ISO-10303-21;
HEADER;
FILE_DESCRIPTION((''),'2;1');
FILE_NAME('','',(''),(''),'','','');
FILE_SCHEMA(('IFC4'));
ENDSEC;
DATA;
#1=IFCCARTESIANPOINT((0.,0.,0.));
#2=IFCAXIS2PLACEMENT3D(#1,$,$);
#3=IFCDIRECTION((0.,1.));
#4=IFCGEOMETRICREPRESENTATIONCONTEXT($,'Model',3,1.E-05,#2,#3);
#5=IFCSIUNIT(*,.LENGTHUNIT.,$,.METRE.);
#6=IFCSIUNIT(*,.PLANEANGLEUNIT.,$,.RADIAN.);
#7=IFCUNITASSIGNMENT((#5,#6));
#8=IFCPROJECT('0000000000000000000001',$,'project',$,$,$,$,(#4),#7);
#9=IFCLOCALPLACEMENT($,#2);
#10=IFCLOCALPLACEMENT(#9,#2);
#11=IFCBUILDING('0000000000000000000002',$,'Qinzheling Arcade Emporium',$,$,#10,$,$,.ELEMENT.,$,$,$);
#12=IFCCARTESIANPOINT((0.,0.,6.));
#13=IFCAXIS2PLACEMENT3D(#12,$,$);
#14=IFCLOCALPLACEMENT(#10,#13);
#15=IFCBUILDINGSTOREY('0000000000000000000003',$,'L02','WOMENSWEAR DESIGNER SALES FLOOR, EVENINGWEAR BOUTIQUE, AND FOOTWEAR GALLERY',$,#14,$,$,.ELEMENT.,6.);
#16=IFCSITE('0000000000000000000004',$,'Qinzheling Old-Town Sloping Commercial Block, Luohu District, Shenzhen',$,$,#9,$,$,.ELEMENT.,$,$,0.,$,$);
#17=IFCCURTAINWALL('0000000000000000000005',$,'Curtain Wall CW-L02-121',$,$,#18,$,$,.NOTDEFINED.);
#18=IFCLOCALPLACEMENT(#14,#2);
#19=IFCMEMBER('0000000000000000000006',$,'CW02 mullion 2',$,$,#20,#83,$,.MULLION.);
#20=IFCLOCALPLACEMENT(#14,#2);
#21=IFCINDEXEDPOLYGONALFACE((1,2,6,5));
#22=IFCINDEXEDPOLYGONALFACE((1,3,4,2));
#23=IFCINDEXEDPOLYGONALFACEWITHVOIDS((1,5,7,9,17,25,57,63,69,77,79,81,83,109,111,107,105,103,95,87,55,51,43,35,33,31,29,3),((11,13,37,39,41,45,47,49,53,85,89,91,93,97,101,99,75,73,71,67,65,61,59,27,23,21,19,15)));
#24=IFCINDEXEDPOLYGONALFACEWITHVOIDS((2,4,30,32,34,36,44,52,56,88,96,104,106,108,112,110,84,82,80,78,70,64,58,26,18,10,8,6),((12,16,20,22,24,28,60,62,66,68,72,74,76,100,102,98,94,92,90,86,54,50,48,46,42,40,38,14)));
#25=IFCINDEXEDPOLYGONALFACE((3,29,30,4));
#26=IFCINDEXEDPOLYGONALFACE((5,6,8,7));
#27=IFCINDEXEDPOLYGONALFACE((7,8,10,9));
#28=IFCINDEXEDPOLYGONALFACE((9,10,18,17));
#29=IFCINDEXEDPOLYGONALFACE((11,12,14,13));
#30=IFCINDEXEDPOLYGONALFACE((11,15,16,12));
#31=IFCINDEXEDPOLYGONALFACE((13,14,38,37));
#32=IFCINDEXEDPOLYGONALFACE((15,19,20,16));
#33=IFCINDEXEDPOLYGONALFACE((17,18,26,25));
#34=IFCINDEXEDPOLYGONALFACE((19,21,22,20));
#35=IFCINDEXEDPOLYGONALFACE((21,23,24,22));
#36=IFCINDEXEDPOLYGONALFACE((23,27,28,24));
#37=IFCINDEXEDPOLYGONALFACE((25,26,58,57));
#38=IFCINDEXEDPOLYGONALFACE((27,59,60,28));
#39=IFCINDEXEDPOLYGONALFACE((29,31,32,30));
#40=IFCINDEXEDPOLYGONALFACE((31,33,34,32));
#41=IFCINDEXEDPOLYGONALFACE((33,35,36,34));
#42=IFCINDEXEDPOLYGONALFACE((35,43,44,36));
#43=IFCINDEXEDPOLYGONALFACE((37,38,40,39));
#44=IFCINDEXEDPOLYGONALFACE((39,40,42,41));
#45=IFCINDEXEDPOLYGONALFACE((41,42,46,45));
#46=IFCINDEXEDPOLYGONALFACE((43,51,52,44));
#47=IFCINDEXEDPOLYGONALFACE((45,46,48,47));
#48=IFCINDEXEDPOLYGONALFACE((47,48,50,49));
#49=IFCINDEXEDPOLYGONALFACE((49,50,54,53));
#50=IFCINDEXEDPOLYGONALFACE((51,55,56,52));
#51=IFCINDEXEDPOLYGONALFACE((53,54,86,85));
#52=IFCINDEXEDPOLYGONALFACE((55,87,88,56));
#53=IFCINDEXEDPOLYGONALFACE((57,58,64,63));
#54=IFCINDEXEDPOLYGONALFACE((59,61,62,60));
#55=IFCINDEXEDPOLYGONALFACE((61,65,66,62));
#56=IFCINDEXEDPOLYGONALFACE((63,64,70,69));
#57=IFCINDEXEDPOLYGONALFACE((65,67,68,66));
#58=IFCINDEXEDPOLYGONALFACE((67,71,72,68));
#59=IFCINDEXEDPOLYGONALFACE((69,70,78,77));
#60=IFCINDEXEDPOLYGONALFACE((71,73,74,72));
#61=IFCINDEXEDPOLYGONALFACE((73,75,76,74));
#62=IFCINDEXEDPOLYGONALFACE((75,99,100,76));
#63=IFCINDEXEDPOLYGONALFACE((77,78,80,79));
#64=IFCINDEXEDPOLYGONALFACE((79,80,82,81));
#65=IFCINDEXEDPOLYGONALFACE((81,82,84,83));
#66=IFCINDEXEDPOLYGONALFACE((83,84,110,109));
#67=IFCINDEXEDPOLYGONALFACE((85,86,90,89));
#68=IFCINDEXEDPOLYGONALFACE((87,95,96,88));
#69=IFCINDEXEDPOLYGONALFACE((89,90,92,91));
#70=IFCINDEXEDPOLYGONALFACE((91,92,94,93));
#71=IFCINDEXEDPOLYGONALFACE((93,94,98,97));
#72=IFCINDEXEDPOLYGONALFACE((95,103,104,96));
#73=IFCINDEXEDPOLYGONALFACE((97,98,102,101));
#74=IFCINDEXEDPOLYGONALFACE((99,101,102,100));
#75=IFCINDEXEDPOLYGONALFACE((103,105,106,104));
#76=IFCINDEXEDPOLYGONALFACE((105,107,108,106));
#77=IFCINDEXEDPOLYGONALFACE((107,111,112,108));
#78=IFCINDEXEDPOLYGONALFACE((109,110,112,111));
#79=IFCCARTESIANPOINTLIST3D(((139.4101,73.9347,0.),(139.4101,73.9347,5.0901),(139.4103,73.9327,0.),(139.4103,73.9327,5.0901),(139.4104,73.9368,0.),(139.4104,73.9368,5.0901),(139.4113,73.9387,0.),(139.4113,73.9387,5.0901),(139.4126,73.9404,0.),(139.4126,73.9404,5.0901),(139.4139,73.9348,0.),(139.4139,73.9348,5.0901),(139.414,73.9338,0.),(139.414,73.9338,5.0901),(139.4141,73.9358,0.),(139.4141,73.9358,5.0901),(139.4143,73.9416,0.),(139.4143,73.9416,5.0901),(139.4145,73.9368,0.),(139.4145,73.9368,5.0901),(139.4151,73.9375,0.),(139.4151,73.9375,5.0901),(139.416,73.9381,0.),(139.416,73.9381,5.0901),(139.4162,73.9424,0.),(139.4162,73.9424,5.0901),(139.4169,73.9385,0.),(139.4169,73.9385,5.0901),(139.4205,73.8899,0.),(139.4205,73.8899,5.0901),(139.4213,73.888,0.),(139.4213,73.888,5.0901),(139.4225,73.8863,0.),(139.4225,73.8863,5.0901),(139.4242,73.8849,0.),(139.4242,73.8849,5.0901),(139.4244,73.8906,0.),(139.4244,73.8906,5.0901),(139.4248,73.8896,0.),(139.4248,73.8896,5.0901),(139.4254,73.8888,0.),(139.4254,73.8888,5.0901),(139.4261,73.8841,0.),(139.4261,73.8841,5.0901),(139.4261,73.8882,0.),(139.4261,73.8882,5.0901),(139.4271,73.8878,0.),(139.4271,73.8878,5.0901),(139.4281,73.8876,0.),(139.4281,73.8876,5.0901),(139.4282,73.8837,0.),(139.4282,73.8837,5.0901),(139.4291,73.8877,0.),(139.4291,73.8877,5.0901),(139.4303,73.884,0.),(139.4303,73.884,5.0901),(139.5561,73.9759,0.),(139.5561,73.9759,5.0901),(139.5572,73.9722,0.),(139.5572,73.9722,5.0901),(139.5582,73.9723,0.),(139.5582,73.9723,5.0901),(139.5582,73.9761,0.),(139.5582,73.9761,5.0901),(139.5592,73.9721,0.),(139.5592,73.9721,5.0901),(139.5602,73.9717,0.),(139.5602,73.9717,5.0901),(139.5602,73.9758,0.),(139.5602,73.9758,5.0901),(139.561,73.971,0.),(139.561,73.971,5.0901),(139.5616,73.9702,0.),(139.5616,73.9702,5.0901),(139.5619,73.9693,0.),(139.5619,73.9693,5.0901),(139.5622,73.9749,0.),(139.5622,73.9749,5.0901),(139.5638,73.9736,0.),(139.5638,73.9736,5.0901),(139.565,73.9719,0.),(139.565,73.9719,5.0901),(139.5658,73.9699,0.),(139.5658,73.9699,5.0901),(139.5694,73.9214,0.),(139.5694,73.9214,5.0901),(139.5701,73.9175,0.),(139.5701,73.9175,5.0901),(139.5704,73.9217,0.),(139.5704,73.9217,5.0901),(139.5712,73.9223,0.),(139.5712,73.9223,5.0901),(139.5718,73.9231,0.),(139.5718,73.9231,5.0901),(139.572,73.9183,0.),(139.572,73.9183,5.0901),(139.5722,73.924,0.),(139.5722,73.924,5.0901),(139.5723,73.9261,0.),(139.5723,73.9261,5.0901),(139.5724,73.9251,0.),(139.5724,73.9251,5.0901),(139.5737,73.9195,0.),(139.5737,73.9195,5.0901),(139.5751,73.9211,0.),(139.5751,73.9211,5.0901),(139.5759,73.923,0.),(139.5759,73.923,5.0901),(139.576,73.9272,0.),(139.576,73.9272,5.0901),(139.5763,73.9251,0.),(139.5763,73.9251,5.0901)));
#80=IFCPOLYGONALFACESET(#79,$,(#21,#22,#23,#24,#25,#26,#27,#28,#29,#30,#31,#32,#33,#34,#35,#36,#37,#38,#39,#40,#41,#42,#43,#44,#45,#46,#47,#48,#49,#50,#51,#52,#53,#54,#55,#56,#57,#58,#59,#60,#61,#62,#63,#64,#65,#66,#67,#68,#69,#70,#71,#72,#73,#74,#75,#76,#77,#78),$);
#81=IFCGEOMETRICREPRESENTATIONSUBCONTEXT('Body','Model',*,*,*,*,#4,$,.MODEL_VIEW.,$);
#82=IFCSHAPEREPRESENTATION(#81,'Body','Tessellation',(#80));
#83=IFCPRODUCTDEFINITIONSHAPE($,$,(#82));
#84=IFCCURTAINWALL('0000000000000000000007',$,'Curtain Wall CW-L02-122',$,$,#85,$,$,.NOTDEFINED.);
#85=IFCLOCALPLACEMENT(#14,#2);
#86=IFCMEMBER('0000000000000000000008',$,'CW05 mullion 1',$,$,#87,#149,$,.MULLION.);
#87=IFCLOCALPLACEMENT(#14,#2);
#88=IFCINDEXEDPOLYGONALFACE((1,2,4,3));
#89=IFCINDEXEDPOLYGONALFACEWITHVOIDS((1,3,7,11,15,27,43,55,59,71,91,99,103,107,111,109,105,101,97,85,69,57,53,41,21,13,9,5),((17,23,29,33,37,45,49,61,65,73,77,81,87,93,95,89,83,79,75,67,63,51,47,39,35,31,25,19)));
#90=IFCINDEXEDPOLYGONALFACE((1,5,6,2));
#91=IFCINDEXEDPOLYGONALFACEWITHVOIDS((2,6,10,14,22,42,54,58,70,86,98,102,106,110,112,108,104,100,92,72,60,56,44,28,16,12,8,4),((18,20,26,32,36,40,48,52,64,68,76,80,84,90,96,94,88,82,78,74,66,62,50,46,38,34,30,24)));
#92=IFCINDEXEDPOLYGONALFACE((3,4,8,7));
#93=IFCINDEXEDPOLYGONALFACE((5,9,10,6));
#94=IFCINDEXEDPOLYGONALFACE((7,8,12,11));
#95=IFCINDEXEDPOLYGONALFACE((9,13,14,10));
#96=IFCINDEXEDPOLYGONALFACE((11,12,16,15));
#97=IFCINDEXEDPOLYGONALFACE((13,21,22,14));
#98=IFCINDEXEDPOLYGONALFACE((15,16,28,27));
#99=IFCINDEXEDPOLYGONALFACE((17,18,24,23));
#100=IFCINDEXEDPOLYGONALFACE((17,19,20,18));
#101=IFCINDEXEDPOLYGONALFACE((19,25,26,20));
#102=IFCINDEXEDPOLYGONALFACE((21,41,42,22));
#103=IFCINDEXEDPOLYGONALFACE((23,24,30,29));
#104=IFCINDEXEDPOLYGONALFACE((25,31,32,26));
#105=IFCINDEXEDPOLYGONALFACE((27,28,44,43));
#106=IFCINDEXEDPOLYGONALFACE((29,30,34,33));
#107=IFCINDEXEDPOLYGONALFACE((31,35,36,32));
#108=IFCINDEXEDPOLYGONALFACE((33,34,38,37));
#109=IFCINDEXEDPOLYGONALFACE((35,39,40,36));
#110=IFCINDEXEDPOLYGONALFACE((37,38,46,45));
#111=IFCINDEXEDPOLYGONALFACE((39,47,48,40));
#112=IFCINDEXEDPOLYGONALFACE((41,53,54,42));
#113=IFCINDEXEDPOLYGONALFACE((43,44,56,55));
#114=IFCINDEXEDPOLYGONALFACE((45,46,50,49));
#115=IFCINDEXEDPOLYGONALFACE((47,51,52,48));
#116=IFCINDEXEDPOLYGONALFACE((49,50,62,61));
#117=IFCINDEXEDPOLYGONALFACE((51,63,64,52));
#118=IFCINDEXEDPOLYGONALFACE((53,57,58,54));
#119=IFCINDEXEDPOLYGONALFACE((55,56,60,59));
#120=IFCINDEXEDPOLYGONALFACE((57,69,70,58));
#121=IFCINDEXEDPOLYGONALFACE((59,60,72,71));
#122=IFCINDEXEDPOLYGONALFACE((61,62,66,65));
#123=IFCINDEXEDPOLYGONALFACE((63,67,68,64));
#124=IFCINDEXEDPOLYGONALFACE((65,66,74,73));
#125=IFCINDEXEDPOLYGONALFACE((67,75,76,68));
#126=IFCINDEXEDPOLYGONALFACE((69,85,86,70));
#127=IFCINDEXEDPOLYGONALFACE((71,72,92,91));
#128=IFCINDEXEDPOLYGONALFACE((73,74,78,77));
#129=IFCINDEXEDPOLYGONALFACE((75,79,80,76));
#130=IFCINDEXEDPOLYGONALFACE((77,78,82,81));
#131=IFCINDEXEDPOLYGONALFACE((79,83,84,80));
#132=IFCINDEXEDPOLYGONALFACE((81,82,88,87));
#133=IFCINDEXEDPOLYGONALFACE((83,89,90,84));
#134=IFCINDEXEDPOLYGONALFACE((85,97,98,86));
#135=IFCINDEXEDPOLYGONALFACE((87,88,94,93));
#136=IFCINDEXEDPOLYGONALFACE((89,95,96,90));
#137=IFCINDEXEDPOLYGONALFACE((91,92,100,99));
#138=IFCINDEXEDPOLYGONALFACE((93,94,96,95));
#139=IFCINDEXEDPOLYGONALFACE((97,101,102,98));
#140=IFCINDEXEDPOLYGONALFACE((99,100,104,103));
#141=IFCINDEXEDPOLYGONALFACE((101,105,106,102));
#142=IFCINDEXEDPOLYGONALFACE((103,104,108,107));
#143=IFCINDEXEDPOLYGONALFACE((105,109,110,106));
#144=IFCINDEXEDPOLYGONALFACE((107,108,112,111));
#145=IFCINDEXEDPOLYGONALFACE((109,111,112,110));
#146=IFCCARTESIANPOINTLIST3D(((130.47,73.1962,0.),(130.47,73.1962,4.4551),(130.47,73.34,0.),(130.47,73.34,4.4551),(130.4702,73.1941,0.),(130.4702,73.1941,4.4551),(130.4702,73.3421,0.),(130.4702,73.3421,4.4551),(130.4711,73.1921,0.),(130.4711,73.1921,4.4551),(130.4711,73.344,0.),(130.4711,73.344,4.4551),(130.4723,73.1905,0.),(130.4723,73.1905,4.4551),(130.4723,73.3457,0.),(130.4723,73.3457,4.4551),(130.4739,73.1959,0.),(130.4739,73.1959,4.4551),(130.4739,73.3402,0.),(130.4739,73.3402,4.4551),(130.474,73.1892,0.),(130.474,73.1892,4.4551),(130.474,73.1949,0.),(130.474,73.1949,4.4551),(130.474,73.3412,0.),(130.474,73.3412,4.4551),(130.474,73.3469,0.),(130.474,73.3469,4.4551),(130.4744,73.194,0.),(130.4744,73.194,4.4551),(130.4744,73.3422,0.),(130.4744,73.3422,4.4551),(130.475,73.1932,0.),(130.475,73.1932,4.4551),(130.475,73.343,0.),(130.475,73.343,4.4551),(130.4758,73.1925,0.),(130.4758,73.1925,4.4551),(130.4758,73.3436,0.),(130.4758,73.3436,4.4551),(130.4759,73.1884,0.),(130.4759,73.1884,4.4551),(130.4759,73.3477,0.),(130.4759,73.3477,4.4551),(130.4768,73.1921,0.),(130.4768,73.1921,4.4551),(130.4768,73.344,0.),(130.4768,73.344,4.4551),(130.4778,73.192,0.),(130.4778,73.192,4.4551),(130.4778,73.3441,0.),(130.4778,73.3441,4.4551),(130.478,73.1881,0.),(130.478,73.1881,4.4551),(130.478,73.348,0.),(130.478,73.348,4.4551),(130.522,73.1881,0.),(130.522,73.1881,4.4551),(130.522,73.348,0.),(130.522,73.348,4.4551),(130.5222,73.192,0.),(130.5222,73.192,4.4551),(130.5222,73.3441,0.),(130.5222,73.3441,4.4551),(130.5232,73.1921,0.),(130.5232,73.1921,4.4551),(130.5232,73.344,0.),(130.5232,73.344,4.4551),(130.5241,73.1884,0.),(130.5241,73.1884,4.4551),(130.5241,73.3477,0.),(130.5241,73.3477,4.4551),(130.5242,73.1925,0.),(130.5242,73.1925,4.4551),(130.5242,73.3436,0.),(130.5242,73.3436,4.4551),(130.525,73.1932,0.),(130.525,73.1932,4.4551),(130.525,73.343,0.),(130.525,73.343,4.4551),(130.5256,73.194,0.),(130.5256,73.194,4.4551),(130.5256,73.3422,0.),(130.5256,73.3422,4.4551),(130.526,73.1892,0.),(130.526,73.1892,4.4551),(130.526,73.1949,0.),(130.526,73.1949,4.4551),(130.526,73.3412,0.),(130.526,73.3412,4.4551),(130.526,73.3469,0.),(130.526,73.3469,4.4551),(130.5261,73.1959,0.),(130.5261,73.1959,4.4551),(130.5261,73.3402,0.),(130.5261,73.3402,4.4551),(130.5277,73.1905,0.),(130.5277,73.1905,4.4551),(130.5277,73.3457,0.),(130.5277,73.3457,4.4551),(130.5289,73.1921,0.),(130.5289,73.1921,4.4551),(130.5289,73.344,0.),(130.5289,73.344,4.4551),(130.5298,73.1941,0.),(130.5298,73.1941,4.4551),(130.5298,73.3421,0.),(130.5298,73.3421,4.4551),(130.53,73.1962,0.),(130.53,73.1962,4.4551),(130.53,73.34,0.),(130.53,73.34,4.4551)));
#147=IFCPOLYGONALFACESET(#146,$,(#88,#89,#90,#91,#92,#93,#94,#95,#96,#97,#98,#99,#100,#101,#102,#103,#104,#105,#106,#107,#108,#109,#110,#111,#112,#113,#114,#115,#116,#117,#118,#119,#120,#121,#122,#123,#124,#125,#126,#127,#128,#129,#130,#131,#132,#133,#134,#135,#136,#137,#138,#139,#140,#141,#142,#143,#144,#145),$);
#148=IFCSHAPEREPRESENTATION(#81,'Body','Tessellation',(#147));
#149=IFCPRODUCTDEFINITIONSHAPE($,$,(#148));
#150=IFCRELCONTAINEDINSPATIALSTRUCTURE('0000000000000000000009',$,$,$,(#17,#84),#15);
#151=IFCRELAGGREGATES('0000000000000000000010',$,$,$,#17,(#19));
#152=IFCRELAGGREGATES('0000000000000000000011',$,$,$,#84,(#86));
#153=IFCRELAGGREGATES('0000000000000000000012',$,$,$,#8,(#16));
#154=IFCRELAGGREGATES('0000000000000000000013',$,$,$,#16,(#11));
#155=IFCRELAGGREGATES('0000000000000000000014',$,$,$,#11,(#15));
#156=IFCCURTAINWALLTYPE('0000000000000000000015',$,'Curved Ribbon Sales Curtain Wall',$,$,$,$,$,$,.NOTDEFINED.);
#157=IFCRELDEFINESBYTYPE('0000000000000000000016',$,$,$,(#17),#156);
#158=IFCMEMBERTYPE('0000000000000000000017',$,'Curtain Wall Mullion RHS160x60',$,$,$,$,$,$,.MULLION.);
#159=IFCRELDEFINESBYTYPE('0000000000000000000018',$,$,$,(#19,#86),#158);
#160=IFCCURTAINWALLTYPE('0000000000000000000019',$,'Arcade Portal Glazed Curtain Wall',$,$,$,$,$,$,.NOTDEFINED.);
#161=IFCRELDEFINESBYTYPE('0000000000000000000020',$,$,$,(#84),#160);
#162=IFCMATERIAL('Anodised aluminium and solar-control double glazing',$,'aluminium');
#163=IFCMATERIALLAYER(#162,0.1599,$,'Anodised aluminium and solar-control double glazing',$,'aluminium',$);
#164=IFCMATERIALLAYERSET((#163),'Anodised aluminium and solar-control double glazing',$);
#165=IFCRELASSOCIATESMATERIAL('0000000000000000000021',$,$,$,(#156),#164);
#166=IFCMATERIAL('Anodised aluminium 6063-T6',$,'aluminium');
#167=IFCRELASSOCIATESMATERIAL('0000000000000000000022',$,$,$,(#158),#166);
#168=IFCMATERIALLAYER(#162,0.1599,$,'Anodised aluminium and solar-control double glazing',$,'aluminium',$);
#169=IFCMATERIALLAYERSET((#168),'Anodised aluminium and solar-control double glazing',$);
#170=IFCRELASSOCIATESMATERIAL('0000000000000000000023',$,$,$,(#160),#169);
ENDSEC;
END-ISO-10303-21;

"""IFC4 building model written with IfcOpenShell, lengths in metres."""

from ifc_helpers import new_model, si_unit, direction, frame, origin, origin_2d, place, context, subcontext, project, spatial, hollow_rectangle, extrude, material, layer, layer_set, material_profile, profile_set, type_object, element, aggregate, save


model = new_model("IFC4")

# Units and contexts
model_context = context("Model", 3, precision=1e-05, world=origin(), true_north=direction((0.0, 1.0)))
body_context = subcontext(model_context, "Body", "Model", "MODEL_VIEW")
ifc_project = project(units=[si_unit("LENGTHUNIT", "METRE"), si_unit("PLANEANGLEUNIT", "RADIAN")], contexts=[model_context])

# Site, building, storey
site_placement = place(None, origin())
site = spatial("IfcSite", under=ifc_project, at=site_placement, Name="Qinzheling Old-Town Sloping Commercial Block, Luohu District, Shenzhen", CompositionType="ELEMENT", RefElevation=0.0)
building_placement = place(site_placement, origin())
building = spatial("IfcBuilding", under=site, at=building_placement, Name="Qinzheling Arcade Emporium", CompositionType="ELEMENT")
storey_placement = place(building_placement, frame((0.0, 0.0, 6.0)))
storey = spatial("IfcBuildingStorey", under=building, at=storey_placement, Name="L02", Description="WOMENSWEAR DESIGNER SALES FLOOR, EVENINGWEAR BOUTIQUE, AND FOOTWEAR GALLERY", CompositionType="ELEMENT", Elevation=6.0)

# Shared definitions
ifc_material_1 = material(Name="Anodised aluminium and solar-control double glazing", Category="aluminium")
ifc_layer_1 = layer(ifc_material_1, 0.1599, Name="Anodised aluminium and solar-control double glazing", Category="aluminium")
ifc_layer_set_1 = layer_set([ifc_layer_1], Name="Anodised aluminium and solar-control double glazing")
curtain_wall_type_1 = type_object("IfcCurtainWallType", Name="Curved Ribbon Sales Curtain Wall", PredefinedType="NOTDEFINED", material=ifc_layer_set_1)
ifc_material_2 = material(Name="Anodised aluminium 6063-T6", Category="aluminium")
ifc_material_profile_1 = material_profile(ifc_material_2, hollow_rectangle(XDim=0.0601, YDim=0.1599, WallThickness=0.0039, InnerFilletRadius=0.0039, OuterFilletRadius=0.0081, at=origin_2d()), Name="RHS 160x60x4", Category="aluminium")
ifc_profile_set_1 = profile_set([ifc_material_profile_1], Name="Anodised aluminium 6063-T6")
member_type_1 = type_object("IfcMemberType", Name="Curtain Wall Mullion RHS160x60", PredefinedType="MULLION", material=ifc_profile_set_1)

# Curtain wall, member
curtain_wall_1_placement = place(storey_placement, origin())
curtain_wall_1 = element("IfcCurtainWall", 1, at=curtain_wall_1_placement, inside=storey, type_object=curtain_wall_type_1, Name="Curtain Wall CW-L02-121", PredefinedType="NOTDEFINED")
member_1_placement = place(storey_placement, frame((139.4932, 73.9299, 0.0), z_axis=(0.0, 0.0, 1.0), x_axis=(0.233228, -0.972422, 0.0)))
member_1 = element("IfcMember", 2, at=member_1_placement, type_object=member_type_1, Name="CW02 mullion 2", PredefinedType="MULLION", context=body_context, shape_type="SweptSolid", body=[
    extrude(hollow_rectangle(XDim=0.0601, YDim=0.1599, WallThickness=0.0039, InnerFilletRadius=0.0039, OuterFilletRadius=0.0081, at=origin_2d()), origin(), (0.0, 0.0, 1.0), 5.0901),
])

# Curtain wall, member
ifc_layer_2 = layer(ifc_material_1, 0.1599, Name="Anodised aluminium and solar-control double glazing", Category="aluminium")
ifc_layer_set_2 = layer_set([ifc_layer_2], Name="Anodised aluminium and solar-control double glazing")
curtain_wall_type_2 = type_object("IfcCurtainWallType", Name="Arcade Portal Glazed Curtain Wall", PredefinedType="NOTDEFINED", material=ifc_layer_set_2)
curtain_wall_2_placement = place(storey_placement, origin())
curtain_wall_2 = element("IfcCurtainWall", 3, at=curtain_wall_2_placement, inside=storey, type_object=curtain_wall_type_2, Name="Curtain Wall CW-L02-122", PredefinedType="NOTDEFINED")
member_2_placement = place(storey_placement, frame((130.5, 73.2681, 0.0), z_axis=(0.0, 0.0, 1.0), x_axis=(1.0, 0.0, 0.0)))
member_2 = element("IfcMember", 4, at=member_2_placement, type_object=member_type_1, Name="CW05 mullion 1", PredefinedType="MULLION", context=body_context, shape_type="SweptSolid", body=[
    extrude(hollow_rectangle(XDim=0.0601, YDim=0.1599, WallThickness=0.0039, InnerFilletRadius=0.0039, OuterFilletRadius=0.0081, at=origin_2d()), origin(), (0.0, 0.0, 1.0), 4.4551),
])

aggregate(curtain_wall_1, [member_1])
aggregate(curtain_wall_2, [member_2])

save(model, "model.ifc")
